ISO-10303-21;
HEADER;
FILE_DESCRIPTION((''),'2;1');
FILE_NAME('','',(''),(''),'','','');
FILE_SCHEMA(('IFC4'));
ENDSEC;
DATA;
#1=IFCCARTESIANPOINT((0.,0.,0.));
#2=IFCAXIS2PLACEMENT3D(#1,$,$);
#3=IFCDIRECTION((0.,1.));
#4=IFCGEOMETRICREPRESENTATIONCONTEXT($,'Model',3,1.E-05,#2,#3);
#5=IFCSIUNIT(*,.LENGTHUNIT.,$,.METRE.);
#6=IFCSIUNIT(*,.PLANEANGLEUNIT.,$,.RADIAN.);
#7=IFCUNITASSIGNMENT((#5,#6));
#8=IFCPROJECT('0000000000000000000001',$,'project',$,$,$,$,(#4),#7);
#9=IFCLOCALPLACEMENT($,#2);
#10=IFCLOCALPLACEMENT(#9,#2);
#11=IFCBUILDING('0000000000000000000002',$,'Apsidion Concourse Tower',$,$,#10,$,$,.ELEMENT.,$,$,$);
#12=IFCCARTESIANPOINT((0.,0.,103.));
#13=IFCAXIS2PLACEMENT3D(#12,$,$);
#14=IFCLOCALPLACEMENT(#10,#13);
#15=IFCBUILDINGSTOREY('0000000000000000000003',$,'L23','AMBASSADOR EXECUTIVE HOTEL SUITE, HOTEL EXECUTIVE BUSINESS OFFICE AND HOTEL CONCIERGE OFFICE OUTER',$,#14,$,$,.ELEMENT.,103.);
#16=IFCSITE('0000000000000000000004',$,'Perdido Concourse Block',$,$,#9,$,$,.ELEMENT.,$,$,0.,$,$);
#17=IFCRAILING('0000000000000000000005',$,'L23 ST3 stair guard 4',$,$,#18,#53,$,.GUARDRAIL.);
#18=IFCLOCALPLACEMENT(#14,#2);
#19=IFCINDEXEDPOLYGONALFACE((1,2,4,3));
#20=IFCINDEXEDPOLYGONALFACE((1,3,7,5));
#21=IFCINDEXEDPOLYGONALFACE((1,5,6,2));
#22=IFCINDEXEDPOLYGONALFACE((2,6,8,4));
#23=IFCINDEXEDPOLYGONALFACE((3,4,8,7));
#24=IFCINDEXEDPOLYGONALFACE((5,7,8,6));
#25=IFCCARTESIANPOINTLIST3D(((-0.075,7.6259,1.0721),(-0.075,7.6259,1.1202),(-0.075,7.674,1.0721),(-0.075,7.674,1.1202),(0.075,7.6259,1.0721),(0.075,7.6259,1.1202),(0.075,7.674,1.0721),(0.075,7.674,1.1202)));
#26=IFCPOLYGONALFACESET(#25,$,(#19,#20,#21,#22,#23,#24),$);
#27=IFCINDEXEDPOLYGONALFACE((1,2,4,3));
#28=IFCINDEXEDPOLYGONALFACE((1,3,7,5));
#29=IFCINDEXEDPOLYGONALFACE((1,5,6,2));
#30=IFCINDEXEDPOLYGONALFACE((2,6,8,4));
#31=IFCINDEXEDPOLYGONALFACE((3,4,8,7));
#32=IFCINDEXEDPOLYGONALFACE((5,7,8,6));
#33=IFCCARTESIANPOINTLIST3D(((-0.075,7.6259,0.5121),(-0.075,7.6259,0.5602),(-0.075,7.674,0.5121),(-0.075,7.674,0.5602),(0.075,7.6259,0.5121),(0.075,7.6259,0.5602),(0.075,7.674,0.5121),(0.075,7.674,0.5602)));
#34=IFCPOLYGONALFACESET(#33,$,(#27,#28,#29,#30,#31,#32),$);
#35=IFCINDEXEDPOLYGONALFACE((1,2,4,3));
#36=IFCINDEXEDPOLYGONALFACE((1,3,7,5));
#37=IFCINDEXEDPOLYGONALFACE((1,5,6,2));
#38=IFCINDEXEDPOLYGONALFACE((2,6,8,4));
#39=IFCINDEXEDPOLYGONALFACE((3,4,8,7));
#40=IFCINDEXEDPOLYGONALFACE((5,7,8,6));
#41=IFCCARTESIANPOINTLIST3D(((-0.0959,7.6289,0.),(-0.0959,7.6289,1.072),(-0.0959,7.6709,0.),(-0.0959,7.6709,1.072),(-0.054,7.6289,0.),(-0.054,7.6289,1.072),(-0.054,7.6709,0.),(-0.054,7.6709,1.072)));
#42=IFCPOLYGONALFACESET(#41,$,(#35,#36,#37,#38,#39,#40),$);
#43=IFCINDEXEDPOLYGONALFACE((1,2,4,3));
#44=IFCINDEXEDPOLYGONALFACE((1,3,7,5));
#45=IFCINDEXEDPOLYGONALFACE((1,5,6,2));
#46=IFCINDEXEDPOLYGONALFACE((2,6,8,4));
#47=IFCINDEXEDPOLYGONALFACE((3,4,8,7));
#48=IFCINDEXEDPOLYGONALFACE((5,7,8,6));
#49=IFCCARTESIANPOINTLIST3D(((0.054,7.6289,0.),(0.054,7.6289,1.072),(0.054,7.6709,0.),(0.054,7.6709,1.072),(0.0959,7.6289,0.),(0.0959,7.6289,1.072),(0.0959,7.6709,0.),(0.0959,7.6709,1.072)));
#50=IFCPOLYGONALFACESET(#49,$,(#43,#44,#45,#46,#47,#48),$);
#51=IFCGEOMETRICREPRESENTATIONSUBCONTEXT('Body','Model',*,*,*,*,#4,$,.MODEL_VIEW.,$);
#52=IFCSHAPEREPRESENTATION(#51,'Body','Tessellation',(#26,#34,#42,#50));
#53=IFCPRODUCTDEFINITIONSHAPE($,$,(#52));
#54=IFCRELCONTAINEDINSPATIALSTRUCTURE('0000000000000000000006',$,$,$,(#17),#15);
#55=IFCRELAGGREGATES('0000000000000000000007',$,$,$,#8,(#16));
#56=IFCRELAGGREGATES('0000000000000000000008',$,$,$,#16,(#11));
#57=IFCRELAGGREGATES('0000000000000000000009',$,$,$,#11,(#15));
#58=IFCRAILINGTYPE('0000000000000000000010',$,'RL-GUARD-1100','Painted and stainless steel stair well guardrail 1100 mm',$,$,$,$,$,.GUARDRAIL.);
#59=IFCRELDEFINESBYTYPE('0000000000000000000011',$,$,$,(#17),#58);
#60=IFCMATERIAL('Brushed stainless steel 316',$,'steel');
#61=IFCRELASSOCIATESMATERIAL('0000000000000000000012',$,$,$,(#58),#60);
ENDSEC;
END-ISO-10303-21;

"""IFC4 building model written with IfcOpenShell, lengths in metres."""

from ifc_helpers import new_model, si_unit, direction, frame, origin, origin_2d, place, context, subcontext, project, spatial, rectangle, extrude, material, type_object, element, save


model = new_model("IFC4")

# Units and contexts
model_context = context("Model", 3, precision=1e-05, world=origin(), true_north=direction((0.0, 1.0)))
body_context = subcontext(model_context, "Body", "Model", "MODEL_VIEW")
ifc_project = project(units=[si_unit("LENGTHUNIT", "METRE"), si_unit("PLANEANGLEUNIT", "RADIAN")], contexts=[model_context])

# Site, building, storey
site_placement = place(None, origin())
site = spatial("IfcSite", under=ifc_project, at=site_placement, Name="Perdido Concourse Block", CompositionType="ELEMENT", RefElevation=0.0)
building_placement = place(site_placement, origin())
building = spatial("IfcBuilding", under=site, at=building_placement, Name="Apsidion Concourse Tower", CompositionType="ELEMENT")
storey_placement = place(building_placement, frame((0.0, 0.0, 103.0)))
storey = spatial("IfcBuildingStorey", under=building, at=storey_placement, Name="L23", Description="AMBASSADOR EXECUTIVE HOTEL SUITE, HOTEL EXECUTIVE BUSINESS OFFICE AND HOTEL CONCIERGE OFFICE OUTER", CompositionType="ELEMENT", Elevation=103.0)

# Shared definitions
ifc_material_1 = material(Name="Brushed stainless steel 316", Category="steel")

# Railing
railing_type = type_object("IfcRailingType", Name="RL-GUARD-1100", Description="Painted and stainless steel stair well guardrail 1100 mm", PredefinedType="GUARDRAIL", material=ifc_material_1)
railing_1_placement = place(storey_placement, frame((-0.075, 7.6499, 0.0)))
element("IfcRailing", 1, at=railing_1_placement, inside=storey, type_object=railing_type, Name="L23 ST3 stair guard 4", PredefinedType="GUARDRAIL", context=body_context, shape_type="SweptSolid", body=[
    extrude(rectangle(XDim=0.0481, YDim=0.0481, at=origin_2d()), frame((0.0, 0.0, 1.0962), z_axis=(1.0, 0.0, 0.0), x_axis=(0.0, 1.0, 0.0)), (0.0, 0.0, 1.0), 0.1499),
    extrude(rectangle(XDim=0.0481, YDim=0.0481, at=origin_2d()), frame((0.0, 0.0, 0.5361), z_axis=(1.0, 0.0, 0.0), x_axis=(0.0, 1.0, 0.0)), (0.0, 0.0, 1.0), 0.1499),
    extrude(rectangle(XDim=0.042, YDim=0.042, at=origin_2d()), origin(), (0.0, 0.0, 1.0), 1.072),
    extrude(rectangle(XDim=0.042, YDim=0.042, at=origin_2d()), frame((0.1499, 0.0, 0.0)), (0.0, 0.0, 1.0), 1.072),
])

save(model, "model.ifc")
